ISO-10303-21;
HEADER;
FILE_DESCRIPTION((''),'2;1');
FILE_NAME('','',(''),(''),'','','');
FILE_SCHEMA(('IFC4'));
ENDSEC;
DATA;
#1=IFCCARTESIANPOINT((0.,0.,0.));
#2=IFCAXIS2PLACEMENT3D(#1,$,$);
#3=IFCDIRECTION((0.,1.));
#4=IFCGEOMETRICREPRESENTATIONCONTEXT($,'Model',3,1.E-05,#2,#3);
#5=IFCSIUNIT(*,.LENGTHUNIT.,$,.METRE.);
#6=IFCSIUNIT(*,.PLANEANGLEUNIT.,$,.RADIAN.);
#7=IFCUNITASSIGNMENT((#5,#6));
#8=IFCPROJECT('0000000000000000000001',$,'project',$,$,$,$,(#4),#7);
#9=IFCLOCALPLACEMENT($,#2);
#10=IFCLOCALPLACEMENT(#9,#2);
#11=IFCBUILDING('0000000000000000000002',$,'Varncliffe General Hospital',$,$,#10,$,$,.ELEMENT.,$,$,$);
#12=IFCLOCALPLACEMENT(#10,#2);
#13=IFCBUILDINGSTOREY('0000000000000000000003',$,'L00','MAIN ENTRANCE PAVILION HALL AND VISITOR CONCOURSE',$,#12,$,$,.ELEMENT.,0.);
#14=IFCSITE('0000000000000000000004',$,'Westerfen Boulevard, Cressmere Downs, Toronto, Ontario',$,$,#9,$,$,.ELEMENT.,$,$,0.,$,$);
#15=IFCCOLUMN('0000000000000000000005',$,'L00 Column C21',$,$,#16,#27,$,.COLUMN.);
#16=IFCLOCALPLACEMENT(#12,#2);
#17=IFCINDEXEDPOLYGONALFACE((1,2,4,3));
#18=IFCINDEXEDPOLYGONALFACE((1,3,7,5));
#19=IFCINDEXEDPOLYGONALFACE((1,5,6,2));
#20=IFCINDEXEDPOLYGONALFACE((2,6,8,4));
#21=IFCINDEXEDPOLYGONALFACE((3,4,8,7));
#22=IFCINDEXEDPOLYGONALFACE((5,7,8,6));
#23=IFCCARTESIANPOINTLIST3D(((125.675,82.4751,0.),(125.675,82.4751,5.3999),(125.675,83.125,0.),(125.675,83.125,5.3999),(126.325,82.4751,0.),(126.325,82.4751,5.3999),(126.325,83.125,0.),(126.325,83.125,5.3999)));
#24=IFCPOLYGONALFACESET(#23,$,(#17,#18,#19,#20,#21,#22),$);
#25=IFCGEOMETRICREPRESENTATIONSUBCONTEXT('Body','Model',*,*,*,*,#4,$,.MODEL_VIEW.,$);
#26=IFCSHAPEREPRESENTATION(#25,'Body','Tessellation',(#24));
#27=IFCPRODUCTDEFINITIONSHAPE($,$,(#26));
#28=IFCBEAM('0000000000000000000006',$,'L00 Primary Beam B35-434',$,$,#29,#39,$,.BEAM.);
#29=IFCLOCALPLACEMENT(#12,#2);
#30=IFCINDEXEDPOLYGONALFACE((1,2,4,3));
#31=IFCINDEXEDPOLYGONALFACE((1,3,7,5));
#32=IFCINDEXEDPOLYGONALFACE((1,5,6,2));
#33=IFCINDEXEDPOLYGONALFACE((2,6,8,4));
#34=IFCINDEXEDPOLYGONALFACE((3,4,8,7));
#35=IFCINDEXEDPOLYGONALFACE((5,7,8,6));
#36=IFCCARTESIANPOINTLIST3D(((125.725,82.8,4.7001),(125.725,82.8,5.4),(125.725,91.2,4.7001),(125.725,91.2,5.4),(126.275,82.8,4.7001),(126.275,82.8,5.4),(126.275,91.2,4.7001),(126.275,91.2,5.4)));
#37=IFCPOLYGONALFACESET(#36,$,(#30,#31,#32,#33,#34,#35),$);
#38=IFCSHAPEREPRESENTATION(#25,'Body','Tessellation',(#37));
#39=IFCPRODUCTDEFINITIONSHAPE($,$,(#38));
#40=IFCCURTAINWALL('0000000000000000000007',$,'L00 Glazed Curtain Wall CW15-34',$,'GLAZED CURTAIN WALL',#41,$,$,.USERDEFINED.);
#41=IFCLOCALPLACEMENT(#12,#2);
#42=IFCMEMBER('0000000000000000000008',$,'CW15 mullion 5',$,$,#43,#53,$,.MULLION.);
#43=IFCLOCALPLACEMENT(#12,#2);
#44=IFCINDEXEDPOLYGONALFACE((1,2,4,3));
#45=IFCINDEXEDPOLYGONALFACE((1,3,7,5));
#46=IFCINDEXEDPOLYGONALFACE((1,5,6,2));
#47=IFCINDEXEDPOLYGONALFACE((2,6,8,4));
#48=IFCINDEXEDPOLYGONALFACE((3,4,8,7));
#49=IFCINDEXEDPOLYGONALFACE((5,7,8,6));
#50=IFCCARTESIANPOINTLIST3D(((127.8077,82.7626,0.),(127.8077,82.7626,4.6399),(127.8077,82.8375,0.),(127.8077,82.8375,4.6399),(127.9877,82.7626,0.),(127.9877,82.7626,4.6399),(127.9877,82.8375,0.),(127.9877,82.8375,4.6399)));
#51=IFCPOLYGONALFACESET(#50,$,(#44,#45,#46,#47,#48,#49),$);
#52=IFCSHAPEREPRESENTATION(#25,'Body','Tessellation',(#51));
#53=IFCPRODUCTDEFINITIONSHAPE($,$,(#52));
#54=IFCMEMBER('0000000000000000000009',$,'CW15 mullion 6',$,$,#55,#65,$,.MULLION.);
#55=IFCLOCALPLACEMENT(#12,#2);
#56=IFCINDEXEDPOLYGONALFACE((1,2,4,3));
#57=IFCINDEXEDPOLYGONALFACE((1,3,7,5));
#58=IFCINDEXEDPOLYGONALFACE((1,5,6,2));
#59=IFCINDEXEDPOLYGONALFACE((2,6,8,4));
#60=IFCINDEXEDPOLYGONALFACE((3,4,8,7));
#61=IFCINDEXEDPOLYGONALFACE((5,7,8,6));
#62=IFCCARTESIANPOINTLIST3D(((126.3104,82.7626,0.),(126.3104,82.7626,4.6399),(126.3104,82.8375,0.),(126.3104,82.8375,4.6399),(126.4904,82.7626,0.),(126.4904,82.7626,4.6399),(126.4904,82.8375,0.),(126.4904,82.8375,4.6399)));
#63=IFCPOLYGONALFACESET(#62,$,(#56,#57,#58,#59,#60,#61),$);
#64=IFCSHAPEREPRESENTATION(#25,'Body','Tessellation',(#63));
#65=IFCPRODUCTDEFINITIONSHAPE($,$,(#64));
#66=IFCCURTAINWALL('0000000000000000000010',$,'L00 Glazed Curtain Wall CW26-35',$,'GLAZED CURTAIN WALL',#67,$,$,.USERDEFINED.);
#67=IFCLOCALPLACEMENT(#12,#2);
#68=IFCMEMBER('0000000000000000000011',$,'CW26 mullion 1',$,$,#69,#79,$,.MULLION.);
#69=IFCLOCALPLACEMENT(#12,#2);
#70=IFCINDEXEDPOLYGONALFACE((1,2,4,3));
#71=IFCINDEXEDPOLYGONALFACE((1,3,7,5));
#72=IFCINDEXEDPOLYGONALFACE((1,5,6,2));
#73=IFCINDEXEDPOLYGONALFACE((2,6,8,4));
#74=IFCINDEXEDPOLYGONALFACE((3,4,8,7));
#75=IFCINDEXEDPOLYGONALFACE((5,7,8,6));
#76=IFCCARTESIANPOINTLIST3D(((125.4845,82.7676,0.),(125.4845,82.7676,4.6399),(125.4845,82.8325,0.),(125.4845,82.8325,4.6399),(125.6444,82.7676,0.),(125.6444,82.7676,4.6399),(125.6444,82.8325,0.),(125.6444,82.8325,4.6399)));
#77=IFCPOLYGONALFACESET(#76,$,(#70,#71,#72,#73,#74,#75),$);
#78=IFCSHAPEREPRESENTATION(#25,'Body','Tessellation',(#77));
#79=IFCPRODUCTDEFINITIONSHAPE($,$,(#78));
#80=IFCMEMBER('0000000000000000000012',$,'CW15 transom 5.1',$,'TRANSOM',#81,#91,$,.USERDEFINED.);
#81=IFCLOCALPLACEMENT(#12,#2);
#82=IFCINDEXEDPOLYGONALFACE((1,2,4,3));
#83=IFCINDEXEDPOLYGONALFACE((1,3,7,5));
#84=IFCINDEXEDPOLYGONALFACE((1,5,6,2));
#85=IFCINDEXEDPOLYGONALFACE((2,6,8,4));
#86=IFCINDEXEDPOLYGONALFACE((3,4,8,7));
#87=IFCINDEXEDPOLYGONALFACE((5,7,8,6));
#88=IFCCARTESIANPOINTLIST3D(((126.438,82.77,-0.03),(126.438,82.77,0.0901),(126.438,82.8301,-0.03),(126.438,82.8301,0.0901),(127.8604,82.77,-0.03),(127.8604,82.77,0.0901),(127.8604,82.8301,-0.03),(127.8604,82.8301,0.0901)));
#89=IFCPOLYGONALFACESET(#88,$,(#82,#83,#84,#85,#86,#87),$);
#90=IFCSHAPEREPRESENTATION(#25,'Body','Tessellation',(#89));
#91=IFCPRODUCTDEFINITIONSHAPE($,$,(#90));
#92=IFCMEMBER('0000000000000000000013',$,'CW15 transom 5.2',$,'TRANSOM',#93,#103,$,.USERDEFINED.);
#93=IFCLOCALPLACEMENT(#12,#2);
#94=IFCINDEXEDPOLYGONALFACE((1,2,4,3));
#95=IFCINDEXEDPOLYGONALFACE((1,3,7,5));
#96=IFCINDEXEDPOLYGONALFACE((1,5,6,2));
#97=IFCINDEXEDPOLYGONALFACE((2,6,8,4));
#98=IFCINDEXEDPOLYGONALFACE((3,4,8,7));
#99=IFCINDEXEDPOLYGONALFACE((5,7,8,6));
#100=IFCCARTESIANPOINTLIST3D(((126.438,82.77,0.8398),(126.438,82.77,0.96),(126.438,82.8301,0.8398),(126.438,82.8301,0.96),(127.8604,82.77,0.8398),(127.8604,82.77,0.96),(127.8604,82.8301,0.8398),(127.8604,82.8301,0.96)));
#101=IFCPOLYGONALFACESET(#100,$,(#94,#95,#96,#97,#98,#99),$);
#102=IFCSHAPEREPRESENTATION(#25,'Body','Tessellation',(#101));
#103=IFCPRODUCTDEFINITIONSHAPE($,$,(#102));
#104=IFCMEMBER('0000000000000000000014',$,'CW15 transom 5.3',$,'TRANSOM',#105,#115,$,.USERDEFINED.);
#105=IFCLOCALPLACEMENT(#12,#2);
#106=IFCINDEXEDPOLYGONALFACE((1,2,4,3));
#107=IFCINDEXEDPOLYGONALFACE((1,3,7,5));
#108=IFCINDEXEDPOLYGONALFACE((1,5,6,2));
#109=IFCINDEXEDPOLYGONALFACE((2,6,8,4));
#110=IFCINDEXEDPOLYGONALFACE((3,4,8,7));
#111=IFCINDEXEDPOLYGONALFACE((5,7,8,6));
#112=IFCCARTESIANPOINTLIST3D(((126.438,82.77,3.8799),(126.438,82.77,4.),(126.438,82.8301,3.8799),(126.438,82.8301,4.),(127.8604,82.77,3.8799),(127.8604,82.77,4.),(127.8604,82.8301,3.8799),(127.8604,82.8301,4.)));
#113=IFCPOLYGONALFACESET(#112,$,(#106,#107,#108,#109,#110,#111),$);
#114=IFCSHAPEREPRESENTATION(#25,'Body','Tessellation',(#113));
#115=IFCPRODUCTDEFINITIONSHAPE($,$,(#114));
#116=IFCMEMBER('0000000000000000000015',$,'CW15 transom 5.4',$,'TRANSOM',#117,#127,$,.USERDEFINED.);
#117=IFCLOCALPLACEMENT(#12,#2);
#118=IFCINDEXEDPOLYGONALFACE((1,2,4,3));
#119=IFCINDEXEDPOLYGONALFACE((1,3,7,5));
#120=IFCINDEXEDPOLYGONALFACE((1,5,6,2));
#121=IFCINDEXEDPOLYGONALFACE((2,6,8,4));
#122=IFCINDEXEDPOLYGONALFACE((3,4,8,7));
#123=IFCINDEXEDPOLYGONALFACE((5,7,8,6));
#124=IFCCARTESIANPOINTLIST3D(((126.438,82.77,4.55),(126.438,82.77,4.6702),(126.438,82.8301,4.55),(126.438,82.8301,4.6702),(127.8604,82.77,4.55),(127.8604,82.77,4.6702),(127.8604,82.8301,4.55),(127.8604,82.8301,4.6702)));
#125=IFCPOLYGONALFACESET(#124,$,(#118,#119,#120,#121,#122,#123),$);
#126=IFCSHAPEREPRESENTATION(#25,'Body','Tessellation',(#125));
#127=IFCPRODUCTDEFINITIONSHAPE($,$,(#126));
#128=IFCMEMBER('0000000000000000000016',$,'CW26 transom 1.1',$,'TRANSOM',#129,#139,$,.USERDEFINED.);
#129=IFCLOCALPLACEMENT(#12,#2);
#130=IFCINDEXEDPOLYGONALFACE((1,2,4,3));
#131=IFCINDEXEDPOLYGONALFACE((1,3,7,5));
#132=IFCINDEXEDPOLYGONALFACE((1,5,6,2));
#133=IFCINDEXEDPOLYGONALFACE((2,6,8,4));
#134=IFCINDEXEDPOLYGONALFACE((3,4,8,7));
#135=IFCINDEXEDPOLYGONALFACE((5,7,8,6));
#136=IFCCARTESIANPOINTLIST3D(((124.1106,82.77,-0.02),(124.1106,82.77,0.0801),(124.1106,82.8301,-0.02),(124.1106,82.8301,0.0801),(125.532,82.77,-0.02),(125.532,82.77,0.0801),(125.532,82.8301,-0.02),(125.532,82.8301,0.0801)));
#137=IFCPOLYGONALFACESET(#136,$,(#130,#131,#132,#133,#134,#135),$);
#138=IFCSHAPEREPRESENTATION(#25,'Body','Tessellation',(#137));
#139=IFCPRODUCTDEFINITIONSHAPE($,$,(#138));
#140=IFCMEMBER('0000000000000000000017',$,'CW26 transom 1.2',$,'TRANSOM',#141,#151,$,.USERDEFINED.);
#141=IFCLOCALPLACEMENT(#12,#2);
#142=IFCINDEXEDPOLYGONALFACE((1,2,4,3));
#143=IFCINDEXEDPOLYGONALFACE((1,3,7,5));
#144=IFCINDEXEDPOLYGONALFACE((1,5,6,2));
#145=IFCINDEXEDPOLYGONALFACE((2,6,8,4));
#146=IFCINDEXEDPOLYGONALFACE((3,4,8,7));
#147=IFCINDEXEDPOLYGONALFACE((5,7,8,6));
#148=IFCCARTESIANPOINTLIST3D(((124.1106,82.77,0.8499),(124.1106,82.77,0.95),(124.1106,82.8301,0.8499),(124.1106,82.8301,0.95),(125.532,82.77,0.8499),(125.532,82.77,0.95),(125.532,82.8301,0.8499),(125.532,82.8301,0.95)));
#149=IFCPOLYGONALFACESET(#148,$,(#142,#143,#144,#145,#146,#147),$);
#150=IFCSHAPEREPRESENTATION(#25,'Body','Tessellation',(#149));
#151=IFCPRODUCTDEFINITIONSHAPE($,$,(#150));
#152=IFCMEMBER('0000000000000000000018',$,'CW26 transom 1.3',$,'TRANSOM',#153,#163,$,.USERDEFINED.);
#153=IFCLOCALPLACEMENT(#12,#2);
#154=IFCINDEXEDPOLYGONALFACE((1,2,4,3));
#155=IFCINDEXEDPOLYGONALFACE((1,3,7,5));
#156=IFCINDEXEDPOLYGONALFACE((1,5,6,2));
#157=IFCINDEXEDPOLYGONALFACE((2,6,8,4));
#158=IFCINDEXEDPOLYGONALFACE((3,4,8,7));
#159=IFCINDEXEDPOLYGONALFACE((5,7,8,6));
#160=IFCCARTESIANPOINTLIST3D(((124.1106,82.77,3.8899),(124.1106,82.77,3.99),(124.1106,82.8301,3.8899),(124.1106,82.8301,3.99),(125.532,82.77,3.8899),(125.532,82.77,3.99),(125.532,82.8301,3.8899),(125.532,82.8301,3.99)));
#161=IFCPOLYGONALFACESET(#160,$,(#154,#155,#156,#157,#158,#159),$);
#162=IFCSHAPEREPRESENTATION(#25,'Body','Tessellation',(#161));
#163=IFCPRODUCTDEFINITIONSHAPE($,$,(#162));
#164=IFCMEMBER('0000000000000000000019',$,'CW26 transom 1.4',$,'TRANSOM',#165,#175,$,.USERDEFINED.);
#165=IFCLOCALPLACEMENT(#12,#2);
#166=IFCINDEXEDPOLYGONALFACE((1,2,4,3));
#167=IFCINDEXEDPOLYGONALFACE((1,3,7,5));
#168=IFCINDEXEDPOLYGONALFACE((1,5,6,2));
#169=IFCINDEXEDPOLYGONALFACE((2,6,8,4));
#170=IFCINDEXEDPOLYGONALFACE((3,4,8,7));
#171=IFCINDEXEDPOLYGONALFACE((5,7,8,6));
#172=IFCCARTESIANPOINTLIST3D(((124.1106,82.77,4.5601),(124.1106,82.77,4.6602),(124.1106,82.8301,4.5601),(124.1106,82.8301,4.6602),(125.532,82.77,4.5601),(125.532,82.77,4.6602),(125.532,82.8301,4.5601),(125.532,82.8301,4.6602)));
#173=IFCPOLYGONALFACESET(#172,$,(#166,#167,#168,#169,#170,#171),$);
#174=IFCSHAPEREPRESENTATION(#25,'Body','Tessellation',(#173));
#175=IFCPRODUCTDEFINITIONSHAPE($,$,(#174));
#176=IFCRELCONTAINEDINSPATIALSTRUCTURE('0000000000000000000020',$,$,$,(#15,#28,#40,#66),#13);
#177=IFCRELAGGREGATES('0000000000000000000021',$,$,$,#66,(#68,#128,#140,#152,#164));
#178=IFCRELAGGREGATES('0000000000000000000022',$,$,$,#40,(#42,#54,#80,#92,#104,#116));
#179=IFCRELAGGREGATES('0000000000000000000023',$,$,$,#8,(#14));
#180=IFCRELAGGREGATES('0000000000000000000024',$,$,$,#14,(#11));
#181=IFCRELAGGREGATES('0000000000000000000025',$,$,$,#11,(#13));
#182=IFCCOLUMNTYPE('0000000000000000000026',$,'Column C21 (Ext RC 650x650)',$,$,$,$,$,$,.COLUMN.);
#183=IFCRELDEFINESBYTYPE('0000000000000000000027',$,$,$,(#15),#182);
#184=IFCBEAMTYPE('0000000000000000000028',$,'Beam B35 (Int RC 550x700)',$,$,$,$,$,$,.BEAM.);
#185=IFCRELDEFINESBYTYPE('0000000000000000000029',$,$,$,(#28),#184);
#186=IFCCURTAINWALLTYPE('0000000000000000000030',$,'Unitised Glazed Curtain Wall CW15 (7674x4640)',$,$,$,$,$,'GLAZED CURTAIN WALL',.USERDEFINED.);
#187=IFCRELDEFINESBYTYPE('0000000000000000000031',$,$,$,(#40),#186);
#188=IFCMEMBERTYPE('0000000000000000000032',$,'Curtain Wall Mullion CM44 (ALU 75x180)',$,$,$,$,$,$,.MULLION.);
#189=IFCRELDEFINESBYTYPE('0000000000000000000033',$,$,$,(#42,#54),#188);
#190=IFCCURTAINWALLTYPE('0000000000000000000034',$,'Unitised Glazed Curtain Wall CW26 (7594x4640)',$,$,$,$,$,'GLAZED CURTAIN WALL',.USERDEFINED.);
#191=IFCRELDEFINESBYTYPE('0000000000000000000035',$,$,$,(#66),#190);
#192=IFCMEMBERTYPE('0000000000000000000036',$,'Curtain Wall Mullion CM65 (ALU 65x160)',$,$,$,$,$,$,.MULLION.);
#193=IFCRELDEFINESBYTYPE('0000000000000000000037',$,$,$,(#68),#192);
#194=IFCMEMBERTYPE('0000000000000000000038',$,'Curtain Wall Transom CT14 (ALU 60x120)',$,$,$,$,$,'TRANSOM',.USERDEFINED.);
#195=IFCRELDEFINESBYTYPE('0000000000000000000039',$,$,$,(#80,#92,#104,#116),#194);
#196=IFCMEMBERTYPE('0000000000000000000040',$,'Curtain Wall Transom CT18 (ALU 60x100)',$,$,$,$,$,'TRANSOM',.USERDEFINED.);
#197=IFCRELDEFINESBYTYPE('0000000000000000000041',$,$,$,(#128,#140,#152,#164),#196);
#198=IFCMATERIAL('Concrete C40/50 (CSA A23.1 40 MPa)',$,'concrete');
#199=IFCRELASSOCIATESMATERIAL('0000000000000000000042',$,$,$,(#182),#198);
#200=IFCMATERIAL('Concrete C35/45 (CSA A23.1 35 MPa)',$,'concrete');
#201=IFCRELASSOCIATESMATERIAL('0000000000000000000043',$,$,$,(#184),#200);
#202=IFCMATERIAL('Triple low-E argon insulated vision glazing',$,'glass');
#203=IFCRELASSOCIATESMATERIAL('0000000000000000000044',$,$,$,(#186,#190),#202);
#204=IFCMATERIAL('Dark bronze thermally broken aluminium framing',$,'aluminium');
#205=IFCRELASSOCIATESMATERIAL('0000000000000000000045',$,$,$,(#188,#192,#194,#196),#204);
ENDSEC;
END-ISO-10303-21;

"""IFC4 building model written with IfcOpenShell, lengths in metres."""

from ifc_helpers import new_model, si_unit, direction, frame, origin, origin_2d, place, context, subcontext, project, spatial, rectangle, extrude, material, material_profile, profile_set, type_object, element, aggregate, save


model = new_model("IFC4")

# Units and contexts
model_context = context("Model", 3, precision=1e-05, world=origin(), true_north=direction((0.0, 1.0)))
body_context = subcontext(model_context, "Body", "Model", "MODEL_VIEW")
ifc_project = project(units=[si_unit("LENGTHUNIT", "METRE"), si_unit("PLANEANGLEUNIT", "RADIAN")], contexts=[model_context])

# Site, building, storey
site_placement = place(None, origin())
site = spatial("IfcSite", under=ifc_project, at=site_placement, Name="Westerfen Boulevard, Cressmere Downs, Toronto, Ontario", CompositionType="ELEMENT", RefElevation=0.0)
building_placement = place(site_placement, origin())
building = spatial("IfcBuilding", under=site, at=building_placement, Name="Varncliffe General Hospital", CompositionType="ELEMENT")
storey_placement = place(building_placement, origin())
storey = spatial("IfcBuildingStorey", under=building, at=storey_placement, Name="L00", Description="MAIN ENTRANCE PAVILION HALL AND VISITOR CONCOURSE", CompositionType="ELEMENT", Elevation=0.0)

# Column
ifc_material_1 = material(Name="Concrete C40/50 (CSA A23.1 40 MPa)", Category="concrete")
ifc_material_profile_1 = material_profile(ifc_material_1, rectangle(XDim=0.6499, YDim=0.6499, at=origin_2d()), Name="RC 650x650")
ifc_profile_set_1 = profile_set([ifc_material_profile_1], Name="Concrete C40/50 (CSA A23.1 40 MPa)")
column_type = type_object("IfcColumnType", Name="Column C21 (Ext RC 650x650)", PredefinedType="COLUMN", material=ifc_profile_set_1)
column_placement = place(storey_placement, frame((126.0, 82.8, 0.0), z_axis=(0.0, 0.0, 1.0), x_axis=(1.0, 0.0, 0.0)))
element("IfcColumn", 1, at=column_placement, inside=storey, type_object=column_type, Name="L00 Column C21", PredefinedType="COLUMN", context=body_context, shape_type="SweptSolid", body=[
    extrude(rectangle(XDim=0.6499, YDim=0.6499, at=origin_2d()), origin(), (0.0, 0.0, 1.0), 5.3999),
])

# Beam
ifc_material_2 = material(Name="Concrete C35/45 (CSA A23.1 35 MPa)", Category="concrete")
ifc_material_profile_2 = material_profile(ifc_material_2, rectangle(XDim=0.55, YDim=0.7, at=origin_2d()), Name="RC 550x700")
ifc_profile_set_2 = profile_set([ifc_material_profile_2], Name="Concrete C35/45 (CSA A23.1 35 MPa)")
beam_type_1 = type_object("IfcBeamType", Name="Beam B35 (Int RC 550x700)", PredefinedType="BEAM", material=ifc_profile_set_2)
beam_1_placement = place(storey_placement, frame((126.0, 82.8, 5.05), z_axis=(0.0, 1.0, 0.0), x_axis=(-1.0, 0.0, 0.0)))
element("IfcBeam", 2, at=beam_1_placement, inside=storey, type_object=beam_type_1, Name="L00 Primary Beam B35-434", PredefinedType="BEAM", context=body_context, shape_type="SweptSolid", body=[
    extrude(rectangle(XDim=0.55, YDim=0.7, at=origin_2d()), origin(), (0.0, 0.0, 1.0), 8.3999),
])

# Curtain wall, members
ifc_material_3 = material(Name="Triple low-E argon insulated vision glazing", Category="glass")
curtain_wall_type_1 = type_object("IfcCurtainWallType", Name="Unitised Glazed Curtain Wall CW15 (7674x4640)", ElementType="GLAZED CURTAIN WALL", PredefinedType="USERDEFINED", material=ifc_material_3)
curtain_wall_1_placement = place(storey_placement, origin())
curtain_wall_1 = element("IfcCurtainWall", 3, at=curtain_wall_1_placement, inside=storey, type_object=curtain_wall_type_1, Name="L00 Glazed Curtain Wall CW15-34", ObjectType="GLAZED CURTAIN WALL", PredefinedType="USERDEFINED")
ifc_material_4 = material(Name="Dark bronze thermally broken aluminium framing", Category="aluminium")
ifc_material_profile_3 = material_profile(ifc_material_4, rectangle(XDim=0.075, YDim=0.1799, at=origin_2d()), Name="ALU 75x180")
ifc_profile_set_3 = profile_set([ifc_material_profile_3], Name="Dark bronze thermally broken aluminium framing")
member_type_1 = type_object("IfcMemberType", Name="Curtain Wall Mullion CM44 (ALU 75x180)", PredefinedType="MULLION", material=ifc_profile_set_3)
member_1_placement = place(storey_placement, frame((127.8977, 82.8, 0.0), z_axis=(0.0, 0.0, 1.0), x_axis=(0.0, -1.0, 0.0)))
member_1 = element("IfcMember", 4, at=member_1_placement, type_object=member_type_1, Name="CW15 mullion 5", PredefinedType="MULLION", context=body_context, shape_type="SweptSolid", body=[
    extrude(rectangle(XDim=0.075, YDim=0.1799, at=origin_2d()), origin(), (0.0, 0.0, 1.0), 4.6399),
])
member_2_placement = place(storey_placement, frame((126.4004, 82.8, 0.0), z_axis=(0.0, 0.0, 1.0), x_axis=(0.0, -1.0, 0.0)))
member_2 = element("IfcMember", 5, at=member_2_placement, type_object=member_type_1, Name="CW15 mullion 6", PredefinedType="MULLION", context=body_context, shape_type="SweptSolid", body=[
    extrude(rectangle(XDim=0.075, YDim=0.1799, at=origin_2d()), origin(), (0.0, 0.0, 1.0), 4.6399),
])

# Curtain wall, member
curtain_wall_type_2 = type_object("IfcCurtainWallType", Name="Unitised Glazed Curtain Wall CW26 (7594x4640)", ElementType="GLAZED CURTAIN WALL", PredefinedType="USERDEFINED", material=ifc_material_3)
curtain_wall_2_placement = place(storey_placement, origin())
curtain_wall_2 = element("IfcCurtainWall", 6, at=curtain_wall_2_placement, inside=storey, type_object=curtain_wall_type_2, Name="L00 Glazed Curtain Wall CW26-35", ObjectType="GLAZED CURTAIN WALL", PredefinedType="USERDEFINED")
ifc_material_profile_4 = material_profile(ifc_material_4, rectangle(XDim=0.0649, YDim=0.1599, at=origin_2d()), Name="ALU 65x160")
ifc_profile_set_4 = profile_set([ifc_material_profile_4], Name="Dark bronze thermally broken aluminium framing")
member_type_2 = type_object("IfcMemberType", Name="Curtain Wall Mullion CM65 (ALU 65x160)", PredefinedType="MULLION", material=ifc_profile_set_4)
member_3_placement = place(storey_placement, frame((125.5645, 82.8, 0.0), z_axis=(0.0, 0.0, 1.0), x_axis=(0.0, -1.0, 0.0)))
member_3 = element("IfcMember", 7, at=member_3_placement, type_object=member_type_2, Name="CW26 mullion 1", PredefinedType="MULLION", context=body_context, shape_type="SweptSolid", body=[
    extrude(rectangle(XDim=0.0649, YDim=0.1599, at=origin_2d()), origin(), (0.0, 0.0, 1.0), 4.6399),
])

# Members
ifc_material_profile_5 = material_profile(ifc_material_4, rectangle(XDim=0.0601, YDim=0.1201, at=origin_2d()), Name="ALU 60x120")
ifc_profile_set_5 = profile_set([ifc_material_profile_5], Name="Dark bronze thermally broken aluminium framing")
member_type_3 = type_object("IfcMemberType", Name="Curtain Wall Transom CT14 (ALU 60x120)", ElementType="TRANSOM", PredefinedType="USERDEFINED", material=ifc_profile_set_5)
member_4_placement = place(storey_placement, frame((127.8604, 82.8, 0.03), z_axis=(-1.0, 0.0, 0.0), x_axis=(0.0, -1.0, 0.0)))
member_4 = element("IfcMember", 8, at=member_4_placement, type_object=member_type_3, Name="CW15 transom 5.1", ObjectType="TRANSOM", PredefinedType="USERDEFINED", context=body_context, shape_type="SweptSolid", body=[
    extrude(rectangle(XDim=0.0601, YDim=0.1201, at=origin_2d()), origin(), (0.0, 0.0, 1.0), 1.4224),
])
member_5_placement = place(storey_placement, frame((127.8604, 82.8, 0.8999), z_axis=(-1.0, 0.0, 0.0), x_axis=(0.0, -1.0, 0.0)))
member_5 = element("IfcMember", 9, at=member_5_placement, type_object=member_type_3, Name="CW15 transom 5.2", ObjectType="TRANSOM", PredefinedType="USERDEFINED", context=body_context, shape_type="SweptSolid", body=[
    extrude(rectangle(XDim=0.0601, YDim=0.1201, at=origin_2d()), origin(), (0.0, 0.0, 1.0), 1.4224),
])
member_6_placement = place(storey_placement, frame((127.8604, 82.8, 3.9399), z_axis=(-1.0, 0.0, 0.0), x_axis=(0.0, -1.0, 0.0)))
member_6 = element("IfcMember", 10, at=member_6_placement, type_object=member_type_3, Name="CW15 transom 5.3", ObjectType="TRANSOM", PredefinedType="USERDEFINED", context=body_context, shape_type="SweptSolid", body=[
    extrude(rectangle(XDim=0.0601, YDim=0.1201, at=origin_2d()), origin(), (0.0, 0.0, 1.0), 1.4224),
])
member_7_placement = place(storey_placement, frame((127.8604, 82.8, 4.6101), z_axis=(-1.0, 0.0, 0.0), x_axis=(0.0, -1.0, 0.0)))
member_7 = element("IfcMember", 11, at=member_7_placement, type_object=member_type_3, Name="CW15 transom 5.4", ObjectType="TRANSOM", PredefinedType="USERDEFINED", context=body_context, shape_type="SweptSolid", body=[
    extrude(rectangle(XDim=0.0601, YDim=0.1201, at=origin_2d()), origin(), (0.0, 0.0, 1.0), 1.4224),
])
ifc_material_profile_6 = material_profile(ifc_material_4, rectangle(XDim=0.0601, YDim=0.1001, at=origin_2d()), Name="ALU 60x100")
ifc_profile_set_6 = profile_set([ifc_material_profile_6], Name="Dark bronze thermally broken aluminium framing")
member_type_4 = type_object("IfcMemberType", Name="Curtain Wall Transom CT18 (ALU 60x100)", ElementType="TRANSOM", PredefinedType="USERDEFINED", material=ifc_profile_set_6)
member_8_placement = place(storey_placement, frame((125.532, 82.8, 0.03), z_axis=(-1.0, 0.0, 0.0), x_axis=(0.0, -1.0, 0.0)))
member_8 = element("IfcMember", 12, at=member_8_placement, type_object=member_type_4, Name="CW26 transom 1.1", ObjectType="TRANSOM", PredefinedType="USERDEFINED", context=body_context, shape_type="SweptSolid", body=[
    extrude(rectangle(XDim=0.0601, YDim=0.1001, at=origin_2d()), origin(), (0.0, 0.0, 1.0), 1.4214),
])
member_9_placement = place(storey_placement, frame((125.532, 82.8, 0.8999), z_axis=(-1.0, 0.0, 0.0), x_axis=(0.0, -1.0, 0.0)))
member_9 = element("IfcMember", 13, at=member_9_placement, type_object=member_type_4, Name="CW26 transom 1.2", ObjectType="TRANSOM", PredefinedType="USERDEFINED", context=body_context, shape_type="SweptSolid", body=[
    extrude(rectangle(XDim=0.0601, YDim=0.1001, at=origin_2d()), origin(), (0.0, 0.0, 1.0), 1.4214),
])
member_10_placement = place(storey_placement, frame((125.532, 82.8, 3.9399), z_axis=(-1.0, 0.0, 0.0), x_axis=(0.0, -1.0, 0.0)))
member_10 = element("IfcMember", 14, at=member_10_placement, type_object=member_type_4, Name="CW26 transom 1.3", ObjectType="TRANSOM", PredefinedType="USERDEFINED", context=body_context, shape_type="SweptSolid", body=[
    extrude(rectangle(XDim=0.0601, YDim=0.1001, at=origin_2d()), origin(), (0.0, 0.0, 1.0), 1.4214),
])
member_11_placement = place(storey_placement, frame((125.532, 82.8, 4.6101), z_axis=(-1.0, 0.0, 0.0), x_axis=(0.0, -1.0, 0.0)))
member_11 = element("IfcMember", 15, at=member_11_placement, type_object=member_type_4, Name="CW26 transom 1.4", ObjectType="TRANSOM", PredefinedType="USERDEFINED", context=body_context, shape_type="SweptSolid", body=[
    extrude(rectangle(XDim=0.0601, YDim=0.1001, at=origin_2d()), origin(), (0.0, 0.0, 1.0), 1.4214),
])

aggregate(curtain_wall_2, [member_3, member_8, member_9, member_10, member_11])
aggregate(curtain_wall_1, [member_1, member_2, member_4, member_5, member_6, member_7])

save(model, "model.ifc")
